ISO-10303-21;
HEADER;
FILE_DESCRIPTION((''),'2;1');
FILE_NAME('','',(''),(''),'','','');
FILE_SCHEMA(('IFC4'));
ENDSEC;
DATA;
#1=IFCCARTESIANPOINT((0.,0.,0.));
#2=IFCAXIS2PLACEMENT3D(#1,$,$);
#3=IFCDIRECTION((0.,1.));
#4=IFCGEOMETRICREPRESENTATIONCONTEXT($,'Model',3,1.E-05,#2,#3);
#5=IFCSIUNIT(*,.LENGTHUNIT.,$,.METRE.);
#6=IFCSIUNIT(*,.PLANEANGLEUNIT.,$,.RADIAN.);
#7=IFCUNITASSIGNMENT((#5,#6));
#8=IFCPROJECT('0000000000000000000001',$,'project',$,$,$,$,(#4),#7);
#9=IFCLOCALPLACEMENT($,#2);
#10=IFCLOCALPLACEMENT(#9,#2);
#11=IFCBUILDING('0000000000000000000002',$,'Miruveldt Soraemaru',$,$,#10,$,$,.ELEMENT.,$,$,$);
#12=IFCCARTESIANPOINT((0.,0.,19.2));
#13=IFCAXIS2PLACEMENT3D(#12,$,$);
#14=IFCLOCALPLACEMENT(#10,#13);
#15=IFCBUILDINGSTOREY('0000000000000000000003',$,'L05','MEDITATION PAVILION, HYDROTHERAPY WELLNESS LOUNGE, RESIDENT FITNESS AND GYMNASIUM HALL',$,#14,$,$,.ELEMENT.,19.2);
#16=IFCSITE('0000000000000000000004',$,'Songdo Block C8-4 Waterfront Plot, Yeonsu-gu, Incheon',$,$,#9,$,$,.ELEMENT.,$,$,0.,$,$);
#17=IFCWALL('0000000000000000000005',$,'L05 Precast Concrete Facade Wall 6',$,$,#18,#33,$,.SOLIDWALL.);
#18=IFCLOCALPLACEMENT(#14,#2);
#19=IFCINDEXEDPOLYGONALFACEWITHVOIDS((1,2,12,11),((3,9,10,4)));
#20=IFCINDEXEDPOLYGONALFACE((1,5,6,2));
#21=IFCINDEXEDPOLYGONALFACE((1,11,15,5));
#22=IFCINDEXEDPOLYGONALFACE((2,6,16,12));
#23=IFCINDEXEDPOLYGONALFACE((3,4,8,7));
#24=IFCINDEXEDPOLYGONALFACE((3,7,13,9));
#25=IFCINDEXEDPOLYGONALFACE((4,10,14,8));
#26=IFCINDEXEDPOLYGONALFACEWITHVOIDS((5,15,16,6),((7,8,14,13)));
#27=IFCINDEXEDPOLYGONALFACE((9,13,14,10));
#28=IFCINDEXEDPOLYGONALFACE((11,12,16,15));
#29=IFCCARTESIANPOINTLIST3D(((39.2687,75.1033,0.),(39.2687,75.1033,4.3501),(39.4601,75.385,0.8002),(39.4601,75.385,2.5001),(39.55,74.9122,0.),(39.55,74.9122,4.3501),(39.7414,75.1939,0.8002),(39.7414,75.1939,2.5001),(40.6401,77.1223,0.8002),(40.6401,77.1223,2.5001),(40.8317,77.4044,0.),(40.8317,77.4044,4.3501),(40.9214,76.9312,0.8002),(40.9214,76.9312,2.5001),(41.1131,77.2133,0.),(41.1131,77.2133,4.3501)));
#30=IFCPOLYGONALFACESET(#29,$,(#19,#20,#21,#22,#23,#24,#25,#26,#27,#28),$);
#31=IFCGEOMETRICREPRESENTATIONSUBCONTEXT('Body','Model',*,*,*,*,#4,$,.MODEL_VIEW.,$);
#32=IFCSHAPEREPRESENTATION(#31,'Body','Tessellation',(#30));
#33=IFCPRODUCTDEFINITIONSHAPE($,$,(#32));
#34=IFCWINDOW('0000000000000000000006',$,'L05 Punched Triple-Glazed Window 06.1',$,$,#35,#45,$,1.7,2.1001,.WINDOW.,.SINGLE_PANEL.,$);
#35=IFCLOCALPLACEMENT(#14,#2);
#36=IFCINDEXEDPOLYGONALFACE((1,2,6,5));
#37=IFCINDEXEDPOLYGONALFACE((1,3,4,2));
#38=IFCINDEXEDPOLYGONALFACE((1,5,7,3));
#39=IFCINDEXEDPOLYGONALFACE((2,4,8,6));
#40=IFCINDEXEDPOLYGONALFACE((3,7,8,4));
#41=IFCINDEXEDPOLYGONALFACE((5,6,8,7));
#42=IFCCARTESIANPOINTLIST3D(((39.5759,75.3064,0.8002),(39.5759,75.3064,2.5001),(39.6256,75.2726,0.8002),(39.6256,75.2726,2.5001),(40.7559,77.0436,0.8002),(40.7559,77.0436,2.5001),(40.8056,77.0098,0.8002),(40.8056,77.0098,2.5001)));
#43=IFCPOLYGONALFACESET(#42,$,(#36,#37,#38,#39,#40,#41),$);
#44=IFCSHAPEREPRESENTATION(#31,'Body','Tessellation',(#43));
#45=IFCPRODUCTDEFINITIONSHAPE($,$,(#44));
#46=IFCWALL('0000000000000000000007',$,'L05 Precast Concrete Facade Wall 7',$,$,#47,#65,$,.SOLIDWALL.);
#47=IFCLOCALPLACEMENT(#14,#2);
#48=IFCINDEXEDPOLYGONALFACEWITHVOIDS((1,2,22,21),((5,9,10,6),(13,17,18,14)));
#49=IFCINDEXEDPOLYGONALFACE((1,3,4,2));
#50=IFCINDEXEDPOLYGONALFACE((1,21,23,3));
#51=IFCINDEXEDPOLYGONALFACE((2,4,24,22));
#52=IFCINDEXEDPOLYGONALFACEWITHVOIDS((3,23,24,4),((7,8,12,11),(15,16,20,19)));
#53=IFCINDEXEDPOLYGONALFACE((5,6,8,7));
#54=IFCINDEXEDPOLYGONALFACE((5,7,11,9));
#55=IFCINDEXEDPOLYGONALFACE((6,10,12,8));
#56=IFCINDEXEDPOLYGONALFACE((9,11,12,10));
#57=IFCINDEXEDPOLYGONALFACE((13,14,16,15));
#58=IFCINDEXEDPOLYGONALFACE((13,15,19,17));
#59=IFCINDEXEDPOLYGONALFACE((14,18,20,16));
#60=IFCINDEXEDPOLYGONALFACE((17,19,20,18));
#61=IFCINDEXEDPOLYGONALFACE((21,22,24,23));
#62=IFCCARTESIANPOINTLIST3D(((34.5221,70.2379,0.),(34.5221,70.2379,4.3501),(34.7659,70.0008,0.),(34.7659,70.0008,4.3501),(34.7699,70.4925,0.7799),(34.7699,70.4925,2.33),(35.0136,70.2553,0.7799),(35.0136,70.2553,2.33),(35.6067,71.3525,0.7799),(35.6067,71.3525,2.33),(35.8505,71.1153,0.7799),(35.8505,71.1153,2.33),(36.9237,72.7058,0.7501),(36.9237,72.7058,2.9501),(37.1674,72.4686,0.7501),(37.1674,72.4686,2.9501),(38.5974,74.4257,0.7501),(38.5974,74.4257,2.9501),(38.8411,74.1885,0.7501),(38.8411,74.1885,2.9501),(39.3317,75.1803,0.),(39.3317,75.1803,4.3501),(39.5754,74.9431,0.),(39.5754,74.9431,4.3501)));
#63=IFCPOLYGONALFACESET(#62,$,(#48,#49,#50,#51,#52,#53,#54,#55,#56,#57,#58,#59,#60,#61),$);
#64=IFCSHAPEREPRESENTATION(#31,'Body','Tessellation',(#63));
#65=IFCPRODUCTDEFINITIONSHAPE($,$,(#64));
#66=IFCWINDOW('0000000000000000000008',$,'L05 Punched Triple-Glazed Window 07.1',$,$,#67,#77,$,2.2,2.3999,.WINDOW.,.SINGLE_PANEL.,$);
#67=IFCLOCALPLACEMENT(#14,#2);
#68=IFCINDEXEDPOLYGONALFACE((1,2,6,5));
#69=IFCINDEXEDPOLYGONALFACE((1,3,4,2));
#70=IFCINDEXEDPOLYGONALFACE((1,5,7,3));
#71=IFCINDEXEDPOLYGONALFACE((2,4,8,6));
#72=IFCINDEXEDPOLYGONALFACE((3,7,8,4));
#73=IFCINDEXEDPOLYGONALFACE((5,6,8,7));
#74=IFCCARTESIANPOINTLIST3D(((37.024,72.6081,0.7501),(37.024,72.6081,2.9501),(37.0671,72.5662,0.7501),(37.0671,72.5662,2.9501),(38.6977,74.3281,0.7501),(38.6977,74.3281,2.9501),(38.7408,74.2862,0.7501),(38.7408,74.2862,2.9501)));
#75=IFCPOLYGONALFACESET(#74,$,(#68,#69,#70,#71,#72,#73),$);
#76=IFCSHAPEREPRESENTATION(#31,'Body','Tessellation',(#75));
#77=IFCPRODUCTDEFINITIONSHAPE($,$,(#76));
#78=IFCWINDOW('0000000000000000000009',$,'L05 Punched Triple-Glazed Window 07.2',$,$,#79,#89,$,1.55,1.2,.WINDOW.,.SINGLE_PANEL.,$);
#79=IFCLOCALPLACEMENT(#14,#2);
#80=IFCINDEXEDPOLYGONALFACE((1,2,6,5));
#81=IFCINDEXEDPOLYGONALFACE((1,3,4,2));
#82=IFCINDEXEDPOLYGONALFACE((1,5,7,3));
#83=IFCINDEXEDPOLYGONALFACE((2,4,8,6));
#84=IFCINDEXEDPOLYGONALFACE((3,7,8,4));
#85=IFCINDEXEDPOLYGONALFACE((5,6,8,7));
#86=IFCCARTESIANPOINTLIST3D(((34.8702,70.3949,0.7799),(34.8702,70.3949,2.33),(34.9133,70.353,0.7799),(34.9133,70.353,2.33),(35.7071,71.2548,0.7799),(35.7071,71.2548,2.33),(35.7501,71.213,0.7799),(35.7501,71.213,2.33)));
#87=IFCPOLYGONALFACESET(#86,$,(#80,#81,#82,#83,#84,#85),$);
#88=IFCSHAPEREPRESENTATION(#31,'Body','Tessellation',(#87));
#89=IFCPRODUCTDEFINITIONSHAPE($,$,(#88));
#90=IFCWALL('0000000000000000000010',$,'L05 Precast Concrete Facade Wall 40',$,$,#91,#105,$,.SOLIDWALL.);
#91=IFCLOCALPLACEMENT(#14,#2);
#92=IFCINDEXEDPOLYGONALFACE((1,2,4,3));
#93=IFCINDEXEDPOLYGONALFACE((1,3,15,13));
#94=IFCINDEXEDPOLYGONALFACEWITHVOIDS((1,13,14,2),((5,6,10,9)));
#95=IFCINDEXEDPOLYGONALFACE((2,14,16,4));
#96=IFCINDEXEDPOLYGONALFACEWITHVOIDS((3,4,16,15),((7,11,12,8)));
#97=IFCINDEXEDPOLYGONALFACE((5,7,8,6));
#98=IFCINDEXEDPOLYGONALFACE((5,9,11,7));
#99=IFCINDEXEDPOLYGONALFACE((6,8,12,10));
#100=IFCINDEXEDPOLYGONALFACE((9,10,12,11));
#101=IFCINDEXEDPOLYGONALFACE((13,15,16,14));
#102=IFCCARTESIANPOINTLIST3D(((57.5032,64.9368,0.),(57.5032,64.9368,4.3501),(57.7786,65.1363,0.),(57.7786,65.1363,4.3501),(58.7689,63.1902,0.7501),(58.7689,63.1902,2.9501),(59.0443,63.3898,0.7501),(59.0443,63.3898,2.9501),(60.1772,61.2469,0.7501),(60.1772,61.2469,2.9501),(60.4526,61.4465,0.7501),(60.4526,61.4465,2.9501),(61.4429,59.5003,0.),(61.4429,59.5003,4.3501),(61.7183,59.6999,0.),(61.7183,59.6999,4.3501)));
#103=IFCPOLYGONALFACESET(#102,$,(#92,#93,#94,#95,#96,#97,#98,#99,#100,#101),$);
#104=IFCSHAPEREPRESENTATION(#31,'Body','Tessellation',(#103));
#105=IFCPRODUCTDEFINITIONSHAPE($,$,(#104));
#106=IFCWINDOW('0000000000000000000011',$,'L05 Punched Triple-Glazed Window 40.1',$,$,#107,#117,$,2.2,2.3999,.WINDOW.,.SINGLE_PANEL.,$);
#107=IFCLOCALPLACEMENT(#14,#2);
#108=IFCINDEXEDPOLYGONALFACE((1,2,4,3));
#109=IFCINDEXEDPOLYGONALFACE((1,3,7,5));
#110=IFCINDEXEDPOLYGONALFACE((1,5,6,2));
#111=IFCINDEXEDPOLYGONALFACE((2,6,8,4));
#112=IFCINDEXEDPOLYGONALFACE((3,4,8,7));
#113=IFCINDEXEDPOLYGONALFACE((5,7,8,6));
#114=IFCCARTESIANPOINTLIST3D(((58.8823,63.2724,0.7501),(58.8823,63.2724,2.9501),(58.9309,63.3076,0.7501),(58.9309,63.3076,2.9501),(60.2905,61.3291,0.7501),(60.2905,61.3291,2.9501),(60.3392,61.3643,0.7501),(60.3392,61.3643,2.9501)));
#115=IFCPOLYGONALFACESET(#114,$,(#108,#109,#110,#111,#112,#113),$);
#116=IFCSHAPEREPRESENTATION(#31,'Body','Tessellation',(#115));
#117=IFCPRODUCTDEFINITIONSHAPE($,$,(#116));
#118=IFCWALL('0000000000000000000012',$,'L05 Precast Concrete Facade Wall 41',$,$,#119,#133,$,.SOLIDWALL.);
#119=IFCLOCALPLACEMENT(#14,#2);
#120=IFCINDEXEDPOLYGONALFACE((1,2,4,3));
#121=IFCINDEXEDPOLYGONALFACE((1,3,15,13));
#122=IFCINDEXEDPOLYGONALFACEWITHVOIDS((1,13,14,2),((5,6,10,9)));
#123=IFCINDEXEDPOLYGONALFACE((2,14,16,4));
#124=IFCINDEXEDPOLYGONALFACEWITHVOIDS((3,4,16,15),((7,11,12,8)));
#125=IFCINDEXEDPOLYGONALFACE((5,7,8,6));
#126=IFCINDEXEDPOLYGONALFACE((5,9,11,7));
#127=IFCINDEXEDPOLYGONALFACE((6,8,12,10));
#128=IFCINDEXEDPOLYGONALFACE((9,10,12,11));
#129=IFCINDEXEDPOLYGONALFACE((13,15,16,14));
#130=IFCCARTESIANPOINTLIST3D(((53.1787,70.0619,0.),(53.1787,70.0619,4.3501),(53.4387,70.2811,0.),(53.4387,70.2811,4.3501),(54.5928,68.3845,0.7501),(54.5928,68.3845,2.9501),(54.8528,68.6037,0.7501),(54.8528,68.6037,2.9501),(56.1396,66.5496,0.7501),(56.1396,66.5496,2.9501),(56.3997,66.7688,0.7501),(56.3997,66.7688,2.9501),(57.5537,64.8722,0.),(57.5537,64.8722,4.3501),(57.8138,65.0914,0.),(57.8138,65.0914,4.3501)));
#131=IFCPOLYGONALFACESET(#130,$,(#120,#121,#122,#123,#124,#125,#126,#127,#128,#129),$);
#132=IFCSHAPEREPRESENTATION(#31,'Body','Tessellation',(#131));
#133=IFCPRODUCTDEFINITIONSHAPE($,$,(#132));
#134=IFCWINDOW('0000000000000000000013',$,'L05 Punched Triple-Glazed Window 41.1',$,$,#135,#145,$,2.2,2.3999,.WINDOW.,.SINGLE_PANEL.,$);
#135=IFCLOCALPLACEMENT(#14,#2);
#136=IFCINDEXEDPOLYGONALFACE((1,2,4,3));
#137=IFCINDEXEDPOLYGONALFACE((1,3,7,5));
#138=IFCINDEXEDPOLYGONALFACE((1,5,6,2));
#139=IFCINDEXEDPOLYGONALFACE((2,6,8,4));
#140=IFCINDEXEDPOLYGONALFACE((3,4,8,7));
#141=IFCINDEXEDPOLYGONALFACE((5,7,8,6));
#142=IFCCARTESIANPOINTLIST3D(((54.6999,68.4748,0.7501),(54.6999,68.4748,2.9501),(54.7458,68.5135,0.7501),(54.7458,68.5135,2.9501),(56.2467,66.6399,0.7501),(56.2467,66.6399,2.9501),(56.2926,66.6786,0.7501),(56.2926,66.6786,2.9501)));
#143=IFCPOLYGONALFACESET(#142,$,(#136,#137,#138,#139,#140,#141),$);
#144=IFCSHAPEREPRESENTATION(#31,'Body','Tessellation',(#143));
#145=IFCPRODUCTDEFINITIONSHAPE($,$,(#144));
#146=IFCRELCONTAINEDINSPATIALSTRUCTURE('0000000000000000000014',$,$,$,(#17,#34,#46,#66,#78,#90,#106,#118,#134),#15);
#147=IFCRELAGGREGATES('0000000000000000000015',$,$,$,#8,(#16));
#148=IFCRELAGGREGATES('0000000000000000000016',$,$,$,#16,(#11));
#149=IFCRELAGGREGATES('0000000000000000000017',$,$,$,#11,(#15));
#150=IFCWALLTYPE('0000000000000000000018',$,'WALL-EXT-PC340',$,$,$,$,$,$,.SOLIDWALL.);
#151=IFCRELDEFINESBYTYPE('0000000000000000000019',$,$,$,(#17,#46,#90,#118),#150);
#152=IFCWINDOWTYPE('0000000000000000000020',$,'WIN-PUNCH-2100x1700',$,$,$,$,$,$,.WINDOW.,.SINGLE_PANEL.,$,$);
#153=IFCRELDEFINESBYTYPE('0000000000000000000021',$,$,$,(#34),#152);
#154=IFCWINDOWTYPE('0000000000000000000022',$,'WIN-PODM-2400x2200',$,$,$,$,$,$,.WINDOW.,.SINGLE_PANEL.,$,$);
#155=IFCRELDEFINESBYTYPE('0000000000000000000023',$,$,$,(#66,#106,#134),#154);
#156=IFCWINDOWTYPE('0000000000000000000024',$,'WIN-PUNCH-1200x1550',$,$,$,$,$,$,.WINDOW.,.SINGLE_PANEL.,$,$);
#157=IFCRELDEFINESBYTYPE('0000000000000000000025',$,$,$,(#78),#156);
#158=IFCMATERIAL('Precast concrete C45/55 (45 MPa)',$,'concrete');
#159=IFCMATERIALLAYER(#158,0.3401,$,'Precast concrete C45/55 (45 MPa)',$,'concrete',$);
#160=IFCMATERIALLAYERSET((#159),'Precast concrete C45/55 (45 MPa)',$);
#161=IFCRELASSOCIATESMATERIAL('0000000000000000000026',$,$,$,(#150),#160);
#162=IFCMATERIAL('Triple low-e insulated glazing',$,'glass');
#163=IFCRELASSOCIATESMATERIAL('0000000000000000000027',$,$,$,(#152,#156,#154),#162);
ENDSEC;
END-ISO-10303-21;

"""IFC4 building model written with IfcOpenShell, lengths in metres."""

from ifc_helpers import new_model, si_unit, direction, frame, frame_2d, origin, place, context, subcontext, project, spatial, rectangle, extrude, material, layer, layer_set, type_object, element, fill, save


model = new_model("IFC4")

# Units and contexts
model_context = context("Model", 3, precision=1e-05, world=origin(), true_north=direction((0.0, 1.0)))
body_context = subcontext(model_context, "Body", "Model", "MODEL_VIEW")
ifc_project = project(units=[si_unit("LENGTHUNIT", "METRE"), si_unit("PLANEANGLEUNIT", "RADIAN")], contexts=[model_context])

# Site, building, storey
site_placement = place(None, origin())
site = spatial("IfcSite", under=ifc_project, at=site_placement, Name="Songdo Block C8-4 Waterfront Plot, Yeonsu-gu, Incheon", CompositionType="ELEMENT", RefElevation=0.0)
building_placement = place(site_placement, origin())
building = spatial("IfcBuilding", under=site, at=building_placement, Name="Miruveldt Soraemaru", CompositionType="ELEMENT")
storey_placement = place(building_placement, frame((0.0, 0.0, 19.2)))
storey = spatial("IfcBuildingStorey", under=building, at=storey_placement, Name="L05", Description="MEDITATION PAVILION, HYDROTHERAPY WELLNESS LOUNGE, RESIDENT FITNESS AND GYMNASIUM HALL", CompositionType="ELEMENT", Elevation=19.2)

# Wall, opening, window
ifc_material_1 = material(Name="Precast concrete C45/55 (45 MPa)", Category="concrete")
ifc_layer_1 = layer(ifc_material_1, 0.3401, Name="Precast concrete C45/55 (45 MPa)", Category="concrete")
ifc_layer_set_1 = layer_set([ifc_layer_1], Name="Precast concrete C45/55 (45 MPa)")
wall_type_1 = type_object("IfcWallType", Name="WALL-EXT-PC340", PredefinedType="SOLIDWALL", material=ifc_layer_set_1)
ifc_material_2 = material(Name="Triple low-e insulated glazing", Category="glass")
window_type_1 = type_object("IfcWindowType", Name="WIN-PUNCH-2100x1700", PartitioningType="SINGLE_PANEL", PredefinedType="WINDOW", material=ifc_material_2)
window_type_2 = type_object("IfcWindowType", Name="WIN-PUNCH-1200x1550", PartitioningType="SINGLE_PANEL", PredefinedType="WINDOW", material=ifc_material_2)
wall_1_placement = place(storey_placement, frame((40.9724, 77.3088, 0.0), z_axis=(0.0, 0.0, 1.0), x_axis=(-0.56189, -0.827212, 0.0)))
wall_1 = element("IfcWall", 1, at=wall_1_placement, inside=storey, type_object=wall_type_1, Name="L05 Precast Concrete Facade Wall 6", PredefinedType="SOLIDWALL", context=body_context, shape_type="SweptSolid", body=[
    extrude(rectangle(XDim=2.7817, YDim=0.3401, at=frame_2d((1.3909, 0.0))), origin(), (0.0, 0.0, 1.0), 4.3501),
])
opening_1_placement = place(wall_1_placement, frame((0.3411, 0.0, 0.8)))
opening_1 = element("IfcOpeningElement", 2, at=opening_1_placement, cuts=wall_1, PredefinedType="OPENING", context=body_context, shape_type="SweptSolid", body=[
    extrude(rectangle(XDim=2.1001, YDim=1.7, at=frame_2d((1.05, 0.8501))), frame((0.0, 0.1802, 0.0), z_axis=(0.0, -1.0, 0.0), x_axis=(1.0, 0.0, 0.0)), (0.0, 0.0, 1.0), 0.3601),
])
window_1_placement = place(opening_1_placement, origin())
window_1 = element("IfcWindow", 3, at=window_1_placement, inside=storey, type_object=window_type_1, Name="L05 Punched Triple-Glazed Window 06.1", OverallHeight=1.7, OverallWidth=2.1001, PartitioningType="SINGLE_PANEL", PredefinedType="WINDOW", context=body_context, shape_type="SweptSolid", body=[
    extrude(rectangle(XDim=2.1001, YDim=1.7, at=frame_2d((1.05, 0.8501))), frame((0.0, 0.03, 0.0), z_axis=(0.0, -1.0, 0.0), x_axis=(1.0, 0.0, 0.0)), (0.0, 0.0, 1.0), 0.0601),
])
fill(opening_1, window_1)

# Wall, openings, windows
wall_2_placement = place(storey_placement, frame((39.4536, 75.0618, 0.0), z_axis=(0.0, 0.0, 1.0), x_axis=(-0.697412, -0.71667, 0.0)))
wall_2 = element("IfcWall", 4, at=wall_2_placement, inside=storey, type_object=wall_type_1, Name="L05 Precast Concrete Facade Wall 7", PredefinedType="SOLIDWALL", context=body_context, shape_type="SweptSolid", body=[
    extrude(rectangle(XDim=6.8962, YDim=0.3401, at=frame_2d((3.4482, 0.0))), origin(), (0.0, 0.0, 1.0), 4.3501),
])
opening_2_placement = place(wall_2_placement, frame((1.053, 0.0, 0.75)))
opening_2 = element("IfcOpeningElement", 5, at=opening_2_placement, cuts=wall_2, PredefinedType="OPENING", context=body_context, shape_type="SweptSolid", body=[
    extrude(rectangle(XDim=2.3999, YDim=2.2, at=frame_2d((1.2, 1.1001))), frame((0.0, 0.1802, 0.0), z_axis=(0.0, -1.0, 0.0), x_axis=(1.0, 0.0, 0.0)), (0.0, 0.0, 1.0), 0.3601),
])
opening_3_placement = place(wall_2_placement, frame((5.3411, 0.0, 0.78)))
opening_3 = element("IfcOpeningElement", 6, at=opening_3_placement, cuts=wall_2, PredefinedType="OPENING", context=body_context, shape_type="SweptSolid", body=[
    extrude(rectangle(XDim=1.2, YDim=1.55, at=frame_2d((0.6001, 0.7749))), frame((0.0, 0.1802, 0.0), z_axis=(0.0, -1.0, 0.0), x_axis=(1.0, 0.0, 0.0)), (0.0, 0.0, 1.0), 0.3601),
])
window_type_3 = type_object("IfcWindowType", Name="WIN-PODM-2400x2200", PartitioningType="SINGLE_PANEL", PredefinedType="WINDOW", material=ifc_material_2)
window_2_placement = place(opening_2_placement, origin())
window_2 = element("IfcWindow", 7, at=window_2_placement, inside=storey, type_object=window_type_3, Name="L05 Punched Triple-Glazed Window 07.1", OverallHeight=2.2, OverallWidth=2.3999, PartitioningType="SINGLE_PANEL", PredefinedType="WINDOW", context=body_context, shape_type="SweptSolid", body=[
    extrude(rectangle(XDim=2.3999, YDim=2.2, at=frame_2d((1.2, 1.1001))), frame((0.0, 0.03, 0.0), z_axis=(0.0, -1.0, 0.0), x_axis=(1.0, 0.0, 0.0)), (0.0, 0.0, 1.0), 0.0601),
])
fill(opening_2, window_2)
window_3_placement = place(opening_3_placement, origin())
window_3 = element("IfcWindow", 8, at=window_3_placement, inside=storey, type_object=window_type_2, Name="L05 Punched Triple-Glazed Window 07.2", OverallHeight=1.55, OverallWidth=1.2, PartitioningType="SINGLE_PANEL", PredefinedType="WINDOW", context=body_context, shape_type="SweptSolid", body=[
    extrude(rectangle(XDim=1.2, YDim=1.55, at=frame_2d((0.6001, 0.7749))), frame((0.0, 0.03, 0.0), z_axis=(0.0, -1.0, 0.0), x_axis=(1.0, 0.0, 0.0)), (0.0, 0.0, 1.0), 0.0601),
])
fill(opening_3, window_3)

# Walls, openings, windows
wall_3_placement = place(storey_placement, frame((61.5806, 59.6001, 0.0), z_axis=(0.0, 0.0, 1.0), x_axis=(-0.586794, 0.809737, 0.0)))
wall_3 = element("IfcWall", 9, at=wall_3_placement, inside=storey, type_object=wall_type_1, Name="L05 Precast Concrete Facade Wall 40", PredefinedType="SOLIDWALL", context=body_context, shape_type="SweptSolid", body=[
    extrude(rectangle(XDim=6.7139, YDim=0.3401, at=frame_2d((3.3569, 0.0))), origin(), (0.0, 0.0, 1.0), 4.3501),
])
opening_4_placement = place(wall_3_placement, frame((2.157, 0.0, 0.75)))
opening_4 = element("IfcOpeningElement", 10, at=opening_4_placement, cuts=wall_3, PredefinedType="OPENING", context=body_context, shape_type="SweptSolid", body=[
    extrude(rectangle(XDim=2.3999, YDim=2.2, at=frame_2d((1.2, 1.1001))), frame((0.0, 0.1802, 0.0), z_axis=(0.0, -1.0, 0.0), x_axis=(1.0, 0.0, 0.0)), (0.0, 0.0, 1.0), 0.3601),
])
window_4_placement = place(opening_4_placement, origin())
window_4 = element("IfcWindow", 11, at=window_4_placement, inside=storey, type_object=window_type_3, Name="L05 Punched Triple-Glazed Window 40.1", OverallHeight=2.2, OverallWidth=2.3999, PartitioningType="SINGLE_PANEL", PredefinedType="WINDOW", context=body_context, shape_type="SweptSolid", body=[
    extrude(rectangle(XDim=2.3999, YDim=2.2, at=frame_2d((1.2, 1.1001))), frame((0.0, 0.03, 0.0), z_axis=(0.0, -1.0, 0.0), x_axis=(1.0, 0.0, 0.0)), (0.0, 0.0, 1.0), 0.0601),
])
fill(opening_4, window_4)
wall_4_placement = place(storey_placement, frame((57.6838, 64.9817, 0.0), z_axis=(0.0, 0.0, 1.0), x_axis=(-0.644543, 0.764568, 0.0)))
wall_4 = element("IfcWall", 12, at=wall_4_placement, inside=storey, type_object=wall_type_1, Name="L05 Precast Concrete Facade Wall 41", PredefinedType="SOLIDWALL", context=body_context, shape_type="SweptSolid", body=[
    extrude(rectangle(XDim=6.7878, YDim=0.3401, at=frame_2d((3.394, 0.0))), origin(), (0.0, 0.0, 1.0), 4.3501),
])
opening_5_placement = place(wall_4_placement, frame((2.1941, 0.0, 0.75)))
opening_5 = element("IfcOpeningElement", 13, at=opening_5_placement, cuts=wall_4, PredefinedType="OPENING", context=body_context, shape_type="SweptSolid", body=[
    extrude(rectangle(XDim=2.3999, YDim=2.2, at=frame_2d((1.2, 1.1001))), frame((0.0, 0.1802, 0.0), z_axis=(0.0, -1.0, 0.0), x_axis=(1.0, 0.0, 0.0)), (0.0, 0.0, 1.0), 0.3601),
])
window_5_placement = place(opening_5_placement, origin())
window_5 = element("IfcWindow", 14, at=window_5_placement, inside=storey, type_object=window_type_3, Name="L05 Punched Triple-Glazed Window 41.1", OverallHeight=2.2, OverallWidth=2.3999, PartitioningType="SINGLE_PANEL", PredefinedType="WINDOW", context=body_context, shape_type="SweptSolid", body=[
    extrude(rectangle(XDim=2.3999, YDim=2.2, at=frame_2d((1.2, 1.1001))), frame((0.0, 0.03, 0.0), z_axis=(0.0, -1.0, 0.0), x_axis=(1.0, 0.0, 0.0)), (0.0, 0.0, 1.0), 0.0601),
])
fill(opening_5, window_5)

save(model, "model.ifc")
